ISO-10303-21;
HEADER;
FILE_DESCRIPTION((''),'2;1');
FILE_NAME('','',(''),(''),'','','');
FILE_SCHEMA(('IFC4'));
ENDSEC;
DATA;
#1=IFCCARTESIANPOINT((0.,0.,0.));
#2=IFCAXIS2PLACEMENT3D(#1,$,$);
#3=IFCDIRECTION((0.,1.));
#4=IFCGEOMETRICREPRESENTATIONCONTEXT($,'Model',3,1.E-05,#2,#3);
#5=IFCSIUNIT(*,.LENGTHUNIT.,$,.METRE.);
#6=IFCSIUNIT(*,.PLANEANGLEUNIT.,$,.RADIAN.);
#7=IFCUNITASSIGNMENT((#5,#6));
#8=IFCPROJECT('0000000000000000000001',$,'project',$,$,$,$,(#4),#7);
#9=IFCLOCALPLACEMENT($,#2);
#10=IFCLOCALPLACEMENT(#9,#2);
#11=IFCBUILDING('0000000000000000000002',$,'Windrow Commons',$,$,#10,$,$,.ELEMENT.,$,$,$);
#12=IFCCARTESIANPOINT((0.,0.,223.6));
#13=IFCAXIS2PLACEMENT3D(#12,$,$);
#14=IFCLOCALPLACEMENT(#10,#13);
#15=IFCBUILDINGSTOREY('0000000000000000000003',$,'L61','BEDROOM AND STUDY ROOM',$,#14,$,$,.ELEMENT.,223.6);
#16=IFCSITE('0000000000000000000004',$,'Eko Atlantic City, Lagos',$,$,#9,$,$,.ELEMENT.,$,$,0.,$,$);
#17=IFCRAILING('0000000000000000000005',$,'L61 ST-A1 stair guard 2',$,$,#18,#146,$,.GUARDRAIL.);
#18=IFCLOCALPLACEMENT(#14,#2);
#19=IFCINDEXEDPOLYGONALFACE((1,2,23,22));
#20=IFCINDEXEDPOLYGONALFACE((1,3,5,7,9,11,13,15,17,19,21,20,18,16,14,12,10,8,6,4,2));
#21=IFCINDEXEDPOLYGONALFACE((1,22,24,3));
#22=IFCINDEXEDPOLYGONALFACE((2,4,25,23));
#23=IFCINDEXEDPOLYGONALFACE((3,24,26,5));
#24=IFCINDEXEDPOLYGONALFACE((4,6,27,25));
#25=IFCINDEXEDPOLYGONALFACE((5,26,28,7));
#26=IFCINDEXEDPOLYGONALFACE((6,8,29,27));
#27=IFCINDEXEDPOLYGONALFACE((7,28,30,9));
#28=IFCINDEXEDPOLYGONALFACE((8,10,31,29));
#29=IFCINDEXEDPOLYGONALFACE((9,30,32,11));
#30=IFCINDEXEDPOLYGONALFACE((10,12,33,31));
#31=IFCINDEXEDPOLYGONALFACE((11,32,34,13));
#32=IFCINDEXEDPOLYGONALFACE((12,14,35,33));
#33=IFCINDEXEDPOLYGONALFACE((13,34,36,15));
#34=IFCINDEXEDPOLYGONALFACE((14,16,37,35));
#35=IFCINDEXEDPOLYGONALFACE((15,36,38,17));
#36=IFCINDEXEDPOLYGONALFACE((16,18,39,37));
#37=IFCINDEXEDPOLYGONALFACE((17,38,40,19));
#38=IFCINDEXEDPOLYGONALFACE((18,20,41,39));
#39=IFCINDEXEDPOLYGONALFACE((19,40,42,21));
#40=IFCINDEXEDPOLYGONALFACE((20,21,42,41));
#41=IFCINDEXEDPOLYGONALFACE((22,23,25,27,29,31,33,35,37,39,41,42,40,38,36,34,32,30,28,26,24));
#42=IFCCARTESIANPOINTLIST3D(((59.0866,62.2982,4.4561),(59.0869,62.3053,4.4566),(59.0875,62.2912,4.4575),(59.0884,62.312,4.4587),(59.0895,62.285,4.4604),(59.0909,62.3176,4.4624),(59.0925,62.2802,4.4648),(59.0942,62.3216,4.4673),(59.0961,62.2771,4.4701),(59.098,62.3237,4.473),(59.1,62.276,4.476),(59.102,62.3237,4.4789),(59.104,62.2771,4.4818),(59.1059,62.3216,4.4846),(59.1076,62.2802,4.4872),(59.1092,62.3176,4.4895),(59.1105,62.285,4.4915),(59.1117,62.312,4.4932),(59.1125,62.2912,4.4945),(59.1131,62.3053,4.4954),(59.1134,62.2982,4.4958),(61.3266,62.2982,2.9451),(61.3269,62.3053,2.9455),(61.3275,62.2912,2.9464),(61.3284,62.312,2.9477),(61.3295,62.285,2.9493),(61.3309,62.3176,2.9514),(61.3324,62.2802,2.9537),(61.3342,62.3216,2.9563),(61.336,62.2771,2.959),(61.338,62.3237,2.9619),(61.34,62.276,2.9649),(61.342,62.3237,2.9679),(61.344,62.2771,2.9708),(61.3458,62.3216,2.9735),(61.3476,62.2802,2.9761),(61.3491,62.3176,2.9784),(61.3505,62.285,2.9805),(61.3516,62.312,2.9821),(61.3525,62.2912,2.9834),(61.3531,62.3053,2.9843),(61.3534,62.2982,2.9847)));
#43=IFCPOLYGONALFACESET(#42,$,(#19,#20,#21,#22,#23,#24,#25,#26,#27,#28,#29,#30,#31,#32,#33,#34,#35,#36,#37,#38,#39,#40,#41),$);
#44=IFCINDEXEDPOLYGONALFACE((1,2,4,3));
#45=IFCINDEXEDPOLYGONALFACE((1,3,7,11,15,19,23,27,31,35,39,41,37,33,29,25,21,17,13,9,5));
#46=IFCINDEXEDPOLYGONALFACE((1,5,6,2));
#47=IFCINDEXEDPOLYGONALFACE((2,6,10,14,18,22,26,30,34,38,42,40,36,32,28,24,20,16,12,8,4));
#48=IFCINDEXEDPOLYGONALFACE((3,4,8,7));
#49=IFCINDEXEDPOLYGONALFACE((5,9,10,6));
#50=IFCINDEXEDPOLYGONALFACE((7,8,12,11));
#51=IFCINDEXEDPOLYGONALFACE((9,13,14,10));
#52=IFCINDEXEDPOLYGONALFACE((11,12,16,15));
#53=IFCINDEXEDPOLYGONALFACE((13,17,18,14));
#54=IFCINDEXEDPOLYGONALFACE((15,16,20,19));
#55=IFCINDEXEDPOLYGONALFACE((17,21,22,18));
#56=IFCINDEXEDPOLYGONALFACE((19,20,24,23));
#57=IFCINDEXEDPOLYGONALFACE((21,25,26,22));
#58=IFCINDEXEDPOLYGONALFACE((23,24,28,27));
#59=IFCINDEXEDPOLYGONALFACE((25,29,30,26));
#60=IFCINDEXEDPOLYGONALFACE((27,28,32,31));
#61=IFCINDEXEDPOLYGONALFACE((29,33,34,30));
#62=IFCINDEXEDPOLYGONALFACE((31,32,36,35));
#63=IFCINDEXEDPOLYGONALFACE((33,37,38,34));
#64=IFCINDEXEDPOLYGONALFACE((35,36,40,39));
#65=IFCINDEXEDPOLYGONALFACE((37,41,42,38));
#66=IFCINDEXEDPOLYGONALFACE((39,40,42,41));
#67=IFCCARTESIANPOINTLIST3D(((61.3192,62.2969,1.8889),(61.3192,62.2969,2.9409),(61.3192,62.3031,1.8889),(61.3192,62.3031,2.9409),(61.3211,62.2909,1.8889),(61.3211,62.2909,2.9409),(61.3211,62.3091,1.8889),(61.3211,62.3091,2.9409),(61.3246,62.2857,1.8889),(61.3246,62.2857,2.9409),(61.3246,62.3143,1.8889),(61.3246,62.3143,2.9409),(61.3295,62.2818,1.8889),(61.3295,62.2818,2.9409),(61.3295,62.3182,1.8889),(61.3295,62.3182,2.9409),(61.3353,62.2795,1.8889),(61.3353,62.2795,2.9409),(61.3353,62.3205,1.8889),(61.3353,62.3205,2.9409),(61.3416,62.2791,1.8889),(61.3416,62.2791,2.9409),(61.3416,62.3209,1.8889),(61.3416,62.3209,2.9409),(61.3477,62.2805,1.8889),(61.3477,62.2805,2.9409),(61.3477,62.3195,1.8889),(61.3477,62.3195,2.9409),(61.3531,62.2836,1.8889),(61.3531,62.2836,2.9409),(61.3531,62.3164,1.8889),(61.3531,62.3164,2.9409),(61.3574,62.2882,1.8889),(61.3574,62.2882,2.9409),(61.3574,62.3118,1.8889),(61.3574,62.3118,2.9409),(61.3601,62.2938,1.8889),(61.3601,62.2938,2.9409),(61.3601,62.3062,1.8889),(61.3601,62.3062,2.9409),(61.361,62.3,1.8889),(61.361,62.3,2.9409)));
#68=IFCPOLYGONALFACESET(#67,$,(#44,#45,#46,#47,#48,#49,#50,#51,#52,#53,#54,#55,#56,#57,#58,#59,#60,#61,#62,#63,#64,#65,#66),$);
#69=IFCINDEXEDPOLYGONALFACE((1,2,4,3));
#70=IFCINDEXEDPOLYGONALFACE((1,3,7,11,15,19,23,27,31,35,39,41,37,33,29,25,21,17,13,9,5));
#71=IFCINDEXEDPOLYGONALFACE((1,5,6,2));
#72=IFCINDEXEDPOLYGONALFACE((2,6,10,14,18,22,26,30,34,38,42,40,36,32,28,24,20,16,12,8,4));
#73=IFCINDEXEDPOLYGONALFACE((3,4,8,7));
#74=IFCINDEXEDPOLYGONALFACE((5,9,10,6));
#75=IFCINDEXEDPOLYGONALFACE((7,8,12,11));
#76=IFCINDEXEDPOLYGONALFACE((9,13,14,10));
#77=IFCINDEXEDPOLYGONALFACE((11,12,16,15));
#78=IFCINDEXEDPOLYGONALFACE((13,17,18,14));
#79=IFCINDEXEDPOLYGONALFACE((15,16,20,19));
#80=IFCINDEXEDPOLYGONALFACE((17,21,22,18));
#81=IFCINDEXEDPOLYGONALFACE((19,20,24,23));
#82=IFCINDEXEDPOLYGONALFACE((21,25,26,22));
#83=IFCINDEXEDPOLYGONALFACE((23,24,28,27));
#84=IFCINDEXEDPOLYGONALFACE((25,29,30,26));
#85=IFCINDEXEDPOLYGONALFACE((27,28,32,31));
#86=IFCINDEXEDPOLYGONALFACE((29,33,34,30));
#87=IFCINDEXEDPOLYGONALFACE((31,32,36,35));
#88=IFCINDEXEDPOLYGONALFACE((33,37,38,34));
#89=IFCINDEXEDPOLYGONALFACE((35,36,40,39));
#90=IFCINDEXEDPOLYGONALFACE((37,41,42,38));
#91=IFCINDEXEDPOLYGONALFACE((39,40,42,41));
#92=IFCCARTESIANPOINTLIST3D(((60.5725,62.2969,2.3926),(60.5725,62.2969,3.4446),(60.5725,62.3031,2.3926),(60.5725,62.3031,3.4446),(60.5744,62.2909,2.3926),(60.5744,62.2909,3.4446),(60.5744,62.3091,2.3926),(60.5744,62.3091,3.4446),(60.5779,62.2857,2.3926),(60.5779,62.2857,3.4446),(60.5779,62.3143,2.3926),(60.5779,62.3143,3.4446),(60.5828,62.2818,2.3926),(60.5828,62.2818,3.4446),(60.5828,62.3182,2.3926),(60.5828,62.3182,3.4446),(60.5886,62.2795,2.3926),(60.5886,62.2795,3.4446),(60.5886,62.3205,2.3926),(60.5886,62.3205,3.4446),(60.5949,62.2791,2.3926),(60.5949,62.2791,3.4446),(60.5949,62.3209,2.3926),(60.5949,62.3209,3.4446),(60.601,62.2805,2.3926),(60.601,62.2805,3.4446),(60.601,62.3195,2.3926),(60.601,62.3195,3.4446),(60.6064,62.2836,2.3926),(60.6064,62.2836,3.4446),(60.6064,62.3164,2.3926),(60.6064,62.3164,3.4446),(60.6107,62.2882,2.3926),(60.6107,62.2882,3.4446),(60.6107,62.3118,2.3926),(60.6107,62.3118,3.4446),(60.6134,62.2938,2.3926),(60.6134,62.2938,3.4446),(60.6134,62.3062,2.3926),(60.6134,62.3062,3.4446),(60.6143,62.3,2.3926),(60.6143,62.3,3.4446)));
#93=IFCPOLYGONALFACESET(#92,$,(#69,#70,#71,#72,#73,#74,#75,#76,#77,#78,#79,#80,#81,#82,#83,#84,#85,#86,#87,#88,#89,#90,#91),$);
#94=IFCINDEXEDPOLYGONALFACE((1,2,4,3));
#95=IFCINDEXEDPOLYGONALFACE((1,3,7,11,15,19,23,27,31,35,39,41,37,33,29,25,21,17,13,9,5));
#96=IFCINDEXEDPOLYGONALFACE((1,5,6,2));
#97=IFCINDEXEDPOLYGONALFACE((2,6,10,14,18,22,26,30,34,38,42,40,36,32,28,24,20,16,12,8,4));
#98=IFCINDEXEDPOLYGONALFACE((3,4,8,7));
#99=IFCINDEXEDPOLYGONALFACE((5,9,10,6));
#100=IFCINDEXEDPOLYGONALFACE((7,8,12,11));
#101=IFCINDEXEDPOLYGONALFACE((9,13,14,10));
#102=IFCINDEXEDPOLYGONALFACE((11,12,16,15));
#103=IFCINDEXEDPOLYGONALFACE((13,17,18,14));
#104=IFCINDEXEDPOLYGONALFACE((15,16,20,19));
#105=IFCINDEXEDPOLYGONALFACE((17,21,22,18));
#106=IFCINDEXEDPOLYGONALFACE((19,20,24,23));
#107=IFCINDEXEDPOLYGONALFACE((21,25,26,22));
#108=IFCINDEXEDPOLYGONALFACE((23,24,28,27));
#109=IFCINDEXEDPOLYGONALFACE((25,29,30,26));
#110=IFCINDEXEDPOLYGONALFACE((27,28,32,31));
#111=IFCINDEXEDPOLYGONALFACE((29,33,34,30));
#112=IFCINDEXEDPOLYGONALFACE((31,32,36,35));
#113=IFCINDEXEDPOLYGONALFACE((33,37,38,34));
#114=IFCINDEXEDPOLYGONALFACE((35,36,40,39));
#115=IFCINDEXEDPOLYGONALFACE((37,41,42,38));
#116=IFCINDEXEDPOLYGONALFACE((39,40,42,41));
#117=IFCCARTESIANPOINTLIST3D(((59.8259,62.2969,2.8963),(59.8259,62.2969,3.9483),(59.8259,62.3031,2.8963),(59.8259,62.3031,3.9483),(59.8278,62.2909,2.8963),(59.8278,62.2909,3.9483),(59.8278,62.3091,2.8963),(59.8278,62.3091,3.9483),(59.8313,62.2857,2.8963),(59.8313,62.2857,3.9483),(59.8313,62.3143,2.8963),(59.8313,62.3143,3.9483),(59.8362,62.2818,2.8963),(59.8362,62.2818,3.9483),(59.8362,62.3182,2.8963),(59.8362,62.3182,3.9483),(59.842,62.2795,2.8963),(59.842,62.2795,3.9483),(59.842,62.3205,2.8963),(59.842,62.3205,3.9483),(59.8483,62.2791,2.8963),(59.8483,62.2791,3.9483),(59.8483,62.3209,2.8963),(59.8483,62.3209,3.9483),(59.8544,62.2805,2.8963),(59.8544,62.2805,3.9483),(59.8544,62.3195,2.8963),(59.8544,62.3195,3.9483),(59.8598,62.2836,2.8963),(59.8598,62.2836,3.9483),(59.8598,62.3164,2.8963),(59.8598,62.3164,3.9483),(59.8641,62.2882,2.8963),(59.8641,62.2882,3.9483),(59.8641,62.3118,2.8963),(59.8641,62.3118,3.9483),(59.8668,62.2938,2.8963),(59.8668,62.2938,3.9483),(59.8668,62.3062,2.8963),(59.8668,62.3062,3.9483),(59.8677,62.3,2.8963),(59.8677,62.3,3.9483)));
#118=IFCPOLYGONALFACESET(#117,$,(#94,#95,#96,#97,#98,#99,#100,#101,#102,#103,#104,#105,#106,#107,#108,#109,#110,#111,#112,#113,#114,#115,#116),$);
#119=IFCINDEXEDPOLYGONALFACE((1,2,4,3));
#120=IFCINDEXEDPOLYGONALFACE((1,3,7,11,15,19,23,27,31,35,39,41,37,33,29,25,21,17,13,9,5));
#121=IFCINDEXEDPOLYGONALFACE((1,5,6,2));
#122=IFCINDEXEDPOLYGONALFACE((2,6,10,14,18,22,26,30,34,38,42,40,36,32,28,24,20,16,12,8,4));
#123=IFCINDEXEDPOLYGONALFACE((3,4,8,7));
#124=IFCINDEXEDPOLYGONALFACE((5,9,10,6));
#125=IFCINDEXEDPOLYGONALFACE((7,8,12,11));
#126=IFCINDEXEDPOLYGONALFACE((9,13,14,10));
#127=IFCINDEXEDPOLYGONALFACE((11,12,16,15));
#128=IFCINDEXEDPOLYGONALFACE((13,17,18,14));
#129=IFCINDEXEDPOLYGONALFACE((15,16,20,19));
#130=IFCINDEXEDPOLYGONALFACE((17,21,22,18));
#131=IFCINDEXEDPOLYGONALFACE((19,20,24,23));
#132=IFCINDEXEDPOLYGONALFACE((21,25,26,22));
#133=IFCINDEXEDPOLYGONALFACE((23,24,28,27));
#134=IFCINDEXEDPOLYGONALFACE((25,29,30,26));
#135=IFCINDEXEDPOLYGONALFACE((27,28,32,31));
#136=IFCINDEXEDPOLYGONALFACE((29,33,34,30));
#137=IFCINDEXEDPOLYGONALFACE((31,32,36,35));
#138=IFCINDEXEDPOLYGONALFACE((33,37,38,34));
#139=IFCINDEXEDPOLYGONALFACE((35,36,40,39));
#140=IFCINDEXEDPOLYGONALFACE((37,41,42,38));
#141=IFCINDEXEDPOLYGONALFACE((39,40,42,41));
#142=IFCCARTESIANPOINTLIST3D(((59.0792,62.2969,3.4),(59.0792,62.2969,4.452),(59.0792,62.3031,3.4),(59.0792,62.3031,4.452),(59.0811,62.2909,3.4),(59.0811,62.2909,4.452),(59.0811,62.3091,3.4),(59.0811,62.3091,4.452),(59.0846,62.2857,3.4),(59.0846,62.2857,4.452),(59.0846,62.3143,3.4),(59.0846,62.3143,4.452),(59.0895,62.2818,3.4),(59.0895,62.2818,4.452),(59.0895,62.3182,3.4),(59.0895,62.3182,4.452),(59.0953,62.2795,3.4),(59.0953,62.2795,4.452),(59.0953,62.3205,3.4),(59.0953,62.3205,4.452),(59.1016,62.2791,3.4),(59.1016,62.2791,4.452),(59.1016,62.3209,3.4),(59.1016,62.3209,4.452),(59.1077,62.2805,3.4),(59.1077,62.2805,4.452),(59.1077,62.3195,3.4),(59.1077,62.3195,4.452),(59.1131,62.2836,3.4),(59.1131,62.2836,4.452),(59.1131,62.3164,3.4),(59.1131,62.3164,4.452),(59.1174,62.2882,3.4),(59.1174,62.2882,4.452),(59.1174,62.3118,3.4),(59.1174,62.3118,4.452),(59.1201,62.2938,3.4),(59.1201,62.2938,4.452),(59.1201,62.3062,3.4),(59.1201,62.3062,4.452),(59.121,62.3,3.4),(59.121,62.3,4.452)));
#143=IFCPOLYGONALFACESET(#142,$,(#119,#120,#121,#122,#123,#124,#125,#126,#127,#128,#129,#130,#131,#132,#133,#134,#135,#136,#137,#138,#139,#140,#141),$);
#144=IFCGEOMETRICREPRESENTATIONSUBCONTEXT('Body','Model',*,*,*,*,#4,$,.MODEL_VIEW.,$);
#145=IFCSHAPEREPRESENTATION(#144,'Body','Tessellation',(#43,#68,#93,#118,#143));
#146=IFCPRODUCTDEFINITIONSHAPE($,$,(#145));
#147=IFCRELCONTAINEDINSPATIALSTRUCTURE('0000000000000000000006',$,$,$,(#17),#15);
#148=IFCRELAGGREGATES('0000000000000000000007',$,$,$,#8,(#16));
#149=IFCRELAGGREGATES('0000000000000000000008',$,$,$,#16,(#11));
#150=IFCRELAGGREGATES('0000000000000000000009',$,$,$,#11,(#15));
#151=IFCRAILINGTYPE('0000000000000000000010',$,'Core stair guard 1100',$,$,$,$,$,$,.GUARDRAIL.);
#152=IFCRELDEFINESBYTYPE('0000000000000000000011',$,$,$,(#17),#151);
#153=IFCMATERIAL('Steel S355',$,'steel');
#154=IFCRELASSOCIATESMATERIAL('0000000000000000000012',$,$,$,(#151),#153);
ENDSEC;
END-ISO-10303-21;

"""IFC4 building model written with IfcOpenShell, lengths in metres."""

from ifc_helpers import new_model, si_unit, direction, frame, origin, origin_2d, place, context, subcontext, project, spatial, circle, extrude, material, type_object, element, save


model = new_model("IFC4")

# Units and contexts
model_context = context("Model", 3, precision=1e-05, world=origin(), true_north=direction((0.0, 1.0)))
body_context = subcontext(model_context, "Body", "Model", "MODEL_VIEW")
ifc_project = project(units=[si_unit("LENGTHUNIT", "METRE"), si_unit("PLANEANGLEUNIT", "RADIAN")], contexts=[model_context])

# Site, building, storey
site_placement = place(None, origin())
site = spatial("IfcSite", under=ifc_project, at=site_placement, Name="Eko Atlantic City, Lagos", CompositionType="ELEMENT", RefElevation=0.0)
building_placement = place(site_placement, origin())
building = spatial("IfcBuilding", under=site, at=building_placement, Name="Windrow Commons", CompositionType="ELEMENT")
storey_placement = place(building_placement, frame((0.0, 0.0, 223.6)))
storey = spatial("IfcBuildingStorey", under=building, at=storey_placement, Name="L61", Description="BEDROOM AND STUDY ROOM", CompositionType="ELEMENT", Elevation=223.6)

# Railing
ifc_material_1 = material(Name="Steel S355", Category="steel")
railing_type_1 = type_object("IfcRailingType", Name="Core stair guard 1100", PredefinedType="GUARDRAIL", material=ifc_material_1)
railing_1_placement = place(storey_placement, frame((61.34, 62.3, 1.8889)))
element("IfcRailing", 1, at=railing_1_placement, inside=storey, type_object=railing_type_1, Name="L61 ST-A1 stair guard 2", PredefinedType="GUARDRAIL", context=body_context, shape_type="SweptSolid", body=[
    extrude(circle(Radius=0.024, at=origin_2d()), frame((0.0, 0.0, 1.076), z_axis=(-0.829003, 0.0, 0.559244), x_axis=(0.0, -1.0, 0.0)), (0.0, 0.0, 1.0), 2.702),
    extrude(circle(Radius=0.021, at=origin_2d()), origin(), (0.0, 0.0, 1.0), 1.052),
    extrude(circle(Radius=0.021, at=origin_2d()), frame((-0.7467, 0.0, 0.5037)), (0.0, 0.0, 1.0), 1.052),
    extrude(circle(Radius=0.021, at=origin_2d()), frame((-1.4933, 0.0, 1.0074)), (0.0, 0.0, 1.0), 1.052),
    extrude(circle(Radius=0.021, at=origin_2d()), frame((-2.24, 0.0, 1.5111)), (0.0, 0.0, 1.0), 1.052),
])

save(model, "model.ifc")
